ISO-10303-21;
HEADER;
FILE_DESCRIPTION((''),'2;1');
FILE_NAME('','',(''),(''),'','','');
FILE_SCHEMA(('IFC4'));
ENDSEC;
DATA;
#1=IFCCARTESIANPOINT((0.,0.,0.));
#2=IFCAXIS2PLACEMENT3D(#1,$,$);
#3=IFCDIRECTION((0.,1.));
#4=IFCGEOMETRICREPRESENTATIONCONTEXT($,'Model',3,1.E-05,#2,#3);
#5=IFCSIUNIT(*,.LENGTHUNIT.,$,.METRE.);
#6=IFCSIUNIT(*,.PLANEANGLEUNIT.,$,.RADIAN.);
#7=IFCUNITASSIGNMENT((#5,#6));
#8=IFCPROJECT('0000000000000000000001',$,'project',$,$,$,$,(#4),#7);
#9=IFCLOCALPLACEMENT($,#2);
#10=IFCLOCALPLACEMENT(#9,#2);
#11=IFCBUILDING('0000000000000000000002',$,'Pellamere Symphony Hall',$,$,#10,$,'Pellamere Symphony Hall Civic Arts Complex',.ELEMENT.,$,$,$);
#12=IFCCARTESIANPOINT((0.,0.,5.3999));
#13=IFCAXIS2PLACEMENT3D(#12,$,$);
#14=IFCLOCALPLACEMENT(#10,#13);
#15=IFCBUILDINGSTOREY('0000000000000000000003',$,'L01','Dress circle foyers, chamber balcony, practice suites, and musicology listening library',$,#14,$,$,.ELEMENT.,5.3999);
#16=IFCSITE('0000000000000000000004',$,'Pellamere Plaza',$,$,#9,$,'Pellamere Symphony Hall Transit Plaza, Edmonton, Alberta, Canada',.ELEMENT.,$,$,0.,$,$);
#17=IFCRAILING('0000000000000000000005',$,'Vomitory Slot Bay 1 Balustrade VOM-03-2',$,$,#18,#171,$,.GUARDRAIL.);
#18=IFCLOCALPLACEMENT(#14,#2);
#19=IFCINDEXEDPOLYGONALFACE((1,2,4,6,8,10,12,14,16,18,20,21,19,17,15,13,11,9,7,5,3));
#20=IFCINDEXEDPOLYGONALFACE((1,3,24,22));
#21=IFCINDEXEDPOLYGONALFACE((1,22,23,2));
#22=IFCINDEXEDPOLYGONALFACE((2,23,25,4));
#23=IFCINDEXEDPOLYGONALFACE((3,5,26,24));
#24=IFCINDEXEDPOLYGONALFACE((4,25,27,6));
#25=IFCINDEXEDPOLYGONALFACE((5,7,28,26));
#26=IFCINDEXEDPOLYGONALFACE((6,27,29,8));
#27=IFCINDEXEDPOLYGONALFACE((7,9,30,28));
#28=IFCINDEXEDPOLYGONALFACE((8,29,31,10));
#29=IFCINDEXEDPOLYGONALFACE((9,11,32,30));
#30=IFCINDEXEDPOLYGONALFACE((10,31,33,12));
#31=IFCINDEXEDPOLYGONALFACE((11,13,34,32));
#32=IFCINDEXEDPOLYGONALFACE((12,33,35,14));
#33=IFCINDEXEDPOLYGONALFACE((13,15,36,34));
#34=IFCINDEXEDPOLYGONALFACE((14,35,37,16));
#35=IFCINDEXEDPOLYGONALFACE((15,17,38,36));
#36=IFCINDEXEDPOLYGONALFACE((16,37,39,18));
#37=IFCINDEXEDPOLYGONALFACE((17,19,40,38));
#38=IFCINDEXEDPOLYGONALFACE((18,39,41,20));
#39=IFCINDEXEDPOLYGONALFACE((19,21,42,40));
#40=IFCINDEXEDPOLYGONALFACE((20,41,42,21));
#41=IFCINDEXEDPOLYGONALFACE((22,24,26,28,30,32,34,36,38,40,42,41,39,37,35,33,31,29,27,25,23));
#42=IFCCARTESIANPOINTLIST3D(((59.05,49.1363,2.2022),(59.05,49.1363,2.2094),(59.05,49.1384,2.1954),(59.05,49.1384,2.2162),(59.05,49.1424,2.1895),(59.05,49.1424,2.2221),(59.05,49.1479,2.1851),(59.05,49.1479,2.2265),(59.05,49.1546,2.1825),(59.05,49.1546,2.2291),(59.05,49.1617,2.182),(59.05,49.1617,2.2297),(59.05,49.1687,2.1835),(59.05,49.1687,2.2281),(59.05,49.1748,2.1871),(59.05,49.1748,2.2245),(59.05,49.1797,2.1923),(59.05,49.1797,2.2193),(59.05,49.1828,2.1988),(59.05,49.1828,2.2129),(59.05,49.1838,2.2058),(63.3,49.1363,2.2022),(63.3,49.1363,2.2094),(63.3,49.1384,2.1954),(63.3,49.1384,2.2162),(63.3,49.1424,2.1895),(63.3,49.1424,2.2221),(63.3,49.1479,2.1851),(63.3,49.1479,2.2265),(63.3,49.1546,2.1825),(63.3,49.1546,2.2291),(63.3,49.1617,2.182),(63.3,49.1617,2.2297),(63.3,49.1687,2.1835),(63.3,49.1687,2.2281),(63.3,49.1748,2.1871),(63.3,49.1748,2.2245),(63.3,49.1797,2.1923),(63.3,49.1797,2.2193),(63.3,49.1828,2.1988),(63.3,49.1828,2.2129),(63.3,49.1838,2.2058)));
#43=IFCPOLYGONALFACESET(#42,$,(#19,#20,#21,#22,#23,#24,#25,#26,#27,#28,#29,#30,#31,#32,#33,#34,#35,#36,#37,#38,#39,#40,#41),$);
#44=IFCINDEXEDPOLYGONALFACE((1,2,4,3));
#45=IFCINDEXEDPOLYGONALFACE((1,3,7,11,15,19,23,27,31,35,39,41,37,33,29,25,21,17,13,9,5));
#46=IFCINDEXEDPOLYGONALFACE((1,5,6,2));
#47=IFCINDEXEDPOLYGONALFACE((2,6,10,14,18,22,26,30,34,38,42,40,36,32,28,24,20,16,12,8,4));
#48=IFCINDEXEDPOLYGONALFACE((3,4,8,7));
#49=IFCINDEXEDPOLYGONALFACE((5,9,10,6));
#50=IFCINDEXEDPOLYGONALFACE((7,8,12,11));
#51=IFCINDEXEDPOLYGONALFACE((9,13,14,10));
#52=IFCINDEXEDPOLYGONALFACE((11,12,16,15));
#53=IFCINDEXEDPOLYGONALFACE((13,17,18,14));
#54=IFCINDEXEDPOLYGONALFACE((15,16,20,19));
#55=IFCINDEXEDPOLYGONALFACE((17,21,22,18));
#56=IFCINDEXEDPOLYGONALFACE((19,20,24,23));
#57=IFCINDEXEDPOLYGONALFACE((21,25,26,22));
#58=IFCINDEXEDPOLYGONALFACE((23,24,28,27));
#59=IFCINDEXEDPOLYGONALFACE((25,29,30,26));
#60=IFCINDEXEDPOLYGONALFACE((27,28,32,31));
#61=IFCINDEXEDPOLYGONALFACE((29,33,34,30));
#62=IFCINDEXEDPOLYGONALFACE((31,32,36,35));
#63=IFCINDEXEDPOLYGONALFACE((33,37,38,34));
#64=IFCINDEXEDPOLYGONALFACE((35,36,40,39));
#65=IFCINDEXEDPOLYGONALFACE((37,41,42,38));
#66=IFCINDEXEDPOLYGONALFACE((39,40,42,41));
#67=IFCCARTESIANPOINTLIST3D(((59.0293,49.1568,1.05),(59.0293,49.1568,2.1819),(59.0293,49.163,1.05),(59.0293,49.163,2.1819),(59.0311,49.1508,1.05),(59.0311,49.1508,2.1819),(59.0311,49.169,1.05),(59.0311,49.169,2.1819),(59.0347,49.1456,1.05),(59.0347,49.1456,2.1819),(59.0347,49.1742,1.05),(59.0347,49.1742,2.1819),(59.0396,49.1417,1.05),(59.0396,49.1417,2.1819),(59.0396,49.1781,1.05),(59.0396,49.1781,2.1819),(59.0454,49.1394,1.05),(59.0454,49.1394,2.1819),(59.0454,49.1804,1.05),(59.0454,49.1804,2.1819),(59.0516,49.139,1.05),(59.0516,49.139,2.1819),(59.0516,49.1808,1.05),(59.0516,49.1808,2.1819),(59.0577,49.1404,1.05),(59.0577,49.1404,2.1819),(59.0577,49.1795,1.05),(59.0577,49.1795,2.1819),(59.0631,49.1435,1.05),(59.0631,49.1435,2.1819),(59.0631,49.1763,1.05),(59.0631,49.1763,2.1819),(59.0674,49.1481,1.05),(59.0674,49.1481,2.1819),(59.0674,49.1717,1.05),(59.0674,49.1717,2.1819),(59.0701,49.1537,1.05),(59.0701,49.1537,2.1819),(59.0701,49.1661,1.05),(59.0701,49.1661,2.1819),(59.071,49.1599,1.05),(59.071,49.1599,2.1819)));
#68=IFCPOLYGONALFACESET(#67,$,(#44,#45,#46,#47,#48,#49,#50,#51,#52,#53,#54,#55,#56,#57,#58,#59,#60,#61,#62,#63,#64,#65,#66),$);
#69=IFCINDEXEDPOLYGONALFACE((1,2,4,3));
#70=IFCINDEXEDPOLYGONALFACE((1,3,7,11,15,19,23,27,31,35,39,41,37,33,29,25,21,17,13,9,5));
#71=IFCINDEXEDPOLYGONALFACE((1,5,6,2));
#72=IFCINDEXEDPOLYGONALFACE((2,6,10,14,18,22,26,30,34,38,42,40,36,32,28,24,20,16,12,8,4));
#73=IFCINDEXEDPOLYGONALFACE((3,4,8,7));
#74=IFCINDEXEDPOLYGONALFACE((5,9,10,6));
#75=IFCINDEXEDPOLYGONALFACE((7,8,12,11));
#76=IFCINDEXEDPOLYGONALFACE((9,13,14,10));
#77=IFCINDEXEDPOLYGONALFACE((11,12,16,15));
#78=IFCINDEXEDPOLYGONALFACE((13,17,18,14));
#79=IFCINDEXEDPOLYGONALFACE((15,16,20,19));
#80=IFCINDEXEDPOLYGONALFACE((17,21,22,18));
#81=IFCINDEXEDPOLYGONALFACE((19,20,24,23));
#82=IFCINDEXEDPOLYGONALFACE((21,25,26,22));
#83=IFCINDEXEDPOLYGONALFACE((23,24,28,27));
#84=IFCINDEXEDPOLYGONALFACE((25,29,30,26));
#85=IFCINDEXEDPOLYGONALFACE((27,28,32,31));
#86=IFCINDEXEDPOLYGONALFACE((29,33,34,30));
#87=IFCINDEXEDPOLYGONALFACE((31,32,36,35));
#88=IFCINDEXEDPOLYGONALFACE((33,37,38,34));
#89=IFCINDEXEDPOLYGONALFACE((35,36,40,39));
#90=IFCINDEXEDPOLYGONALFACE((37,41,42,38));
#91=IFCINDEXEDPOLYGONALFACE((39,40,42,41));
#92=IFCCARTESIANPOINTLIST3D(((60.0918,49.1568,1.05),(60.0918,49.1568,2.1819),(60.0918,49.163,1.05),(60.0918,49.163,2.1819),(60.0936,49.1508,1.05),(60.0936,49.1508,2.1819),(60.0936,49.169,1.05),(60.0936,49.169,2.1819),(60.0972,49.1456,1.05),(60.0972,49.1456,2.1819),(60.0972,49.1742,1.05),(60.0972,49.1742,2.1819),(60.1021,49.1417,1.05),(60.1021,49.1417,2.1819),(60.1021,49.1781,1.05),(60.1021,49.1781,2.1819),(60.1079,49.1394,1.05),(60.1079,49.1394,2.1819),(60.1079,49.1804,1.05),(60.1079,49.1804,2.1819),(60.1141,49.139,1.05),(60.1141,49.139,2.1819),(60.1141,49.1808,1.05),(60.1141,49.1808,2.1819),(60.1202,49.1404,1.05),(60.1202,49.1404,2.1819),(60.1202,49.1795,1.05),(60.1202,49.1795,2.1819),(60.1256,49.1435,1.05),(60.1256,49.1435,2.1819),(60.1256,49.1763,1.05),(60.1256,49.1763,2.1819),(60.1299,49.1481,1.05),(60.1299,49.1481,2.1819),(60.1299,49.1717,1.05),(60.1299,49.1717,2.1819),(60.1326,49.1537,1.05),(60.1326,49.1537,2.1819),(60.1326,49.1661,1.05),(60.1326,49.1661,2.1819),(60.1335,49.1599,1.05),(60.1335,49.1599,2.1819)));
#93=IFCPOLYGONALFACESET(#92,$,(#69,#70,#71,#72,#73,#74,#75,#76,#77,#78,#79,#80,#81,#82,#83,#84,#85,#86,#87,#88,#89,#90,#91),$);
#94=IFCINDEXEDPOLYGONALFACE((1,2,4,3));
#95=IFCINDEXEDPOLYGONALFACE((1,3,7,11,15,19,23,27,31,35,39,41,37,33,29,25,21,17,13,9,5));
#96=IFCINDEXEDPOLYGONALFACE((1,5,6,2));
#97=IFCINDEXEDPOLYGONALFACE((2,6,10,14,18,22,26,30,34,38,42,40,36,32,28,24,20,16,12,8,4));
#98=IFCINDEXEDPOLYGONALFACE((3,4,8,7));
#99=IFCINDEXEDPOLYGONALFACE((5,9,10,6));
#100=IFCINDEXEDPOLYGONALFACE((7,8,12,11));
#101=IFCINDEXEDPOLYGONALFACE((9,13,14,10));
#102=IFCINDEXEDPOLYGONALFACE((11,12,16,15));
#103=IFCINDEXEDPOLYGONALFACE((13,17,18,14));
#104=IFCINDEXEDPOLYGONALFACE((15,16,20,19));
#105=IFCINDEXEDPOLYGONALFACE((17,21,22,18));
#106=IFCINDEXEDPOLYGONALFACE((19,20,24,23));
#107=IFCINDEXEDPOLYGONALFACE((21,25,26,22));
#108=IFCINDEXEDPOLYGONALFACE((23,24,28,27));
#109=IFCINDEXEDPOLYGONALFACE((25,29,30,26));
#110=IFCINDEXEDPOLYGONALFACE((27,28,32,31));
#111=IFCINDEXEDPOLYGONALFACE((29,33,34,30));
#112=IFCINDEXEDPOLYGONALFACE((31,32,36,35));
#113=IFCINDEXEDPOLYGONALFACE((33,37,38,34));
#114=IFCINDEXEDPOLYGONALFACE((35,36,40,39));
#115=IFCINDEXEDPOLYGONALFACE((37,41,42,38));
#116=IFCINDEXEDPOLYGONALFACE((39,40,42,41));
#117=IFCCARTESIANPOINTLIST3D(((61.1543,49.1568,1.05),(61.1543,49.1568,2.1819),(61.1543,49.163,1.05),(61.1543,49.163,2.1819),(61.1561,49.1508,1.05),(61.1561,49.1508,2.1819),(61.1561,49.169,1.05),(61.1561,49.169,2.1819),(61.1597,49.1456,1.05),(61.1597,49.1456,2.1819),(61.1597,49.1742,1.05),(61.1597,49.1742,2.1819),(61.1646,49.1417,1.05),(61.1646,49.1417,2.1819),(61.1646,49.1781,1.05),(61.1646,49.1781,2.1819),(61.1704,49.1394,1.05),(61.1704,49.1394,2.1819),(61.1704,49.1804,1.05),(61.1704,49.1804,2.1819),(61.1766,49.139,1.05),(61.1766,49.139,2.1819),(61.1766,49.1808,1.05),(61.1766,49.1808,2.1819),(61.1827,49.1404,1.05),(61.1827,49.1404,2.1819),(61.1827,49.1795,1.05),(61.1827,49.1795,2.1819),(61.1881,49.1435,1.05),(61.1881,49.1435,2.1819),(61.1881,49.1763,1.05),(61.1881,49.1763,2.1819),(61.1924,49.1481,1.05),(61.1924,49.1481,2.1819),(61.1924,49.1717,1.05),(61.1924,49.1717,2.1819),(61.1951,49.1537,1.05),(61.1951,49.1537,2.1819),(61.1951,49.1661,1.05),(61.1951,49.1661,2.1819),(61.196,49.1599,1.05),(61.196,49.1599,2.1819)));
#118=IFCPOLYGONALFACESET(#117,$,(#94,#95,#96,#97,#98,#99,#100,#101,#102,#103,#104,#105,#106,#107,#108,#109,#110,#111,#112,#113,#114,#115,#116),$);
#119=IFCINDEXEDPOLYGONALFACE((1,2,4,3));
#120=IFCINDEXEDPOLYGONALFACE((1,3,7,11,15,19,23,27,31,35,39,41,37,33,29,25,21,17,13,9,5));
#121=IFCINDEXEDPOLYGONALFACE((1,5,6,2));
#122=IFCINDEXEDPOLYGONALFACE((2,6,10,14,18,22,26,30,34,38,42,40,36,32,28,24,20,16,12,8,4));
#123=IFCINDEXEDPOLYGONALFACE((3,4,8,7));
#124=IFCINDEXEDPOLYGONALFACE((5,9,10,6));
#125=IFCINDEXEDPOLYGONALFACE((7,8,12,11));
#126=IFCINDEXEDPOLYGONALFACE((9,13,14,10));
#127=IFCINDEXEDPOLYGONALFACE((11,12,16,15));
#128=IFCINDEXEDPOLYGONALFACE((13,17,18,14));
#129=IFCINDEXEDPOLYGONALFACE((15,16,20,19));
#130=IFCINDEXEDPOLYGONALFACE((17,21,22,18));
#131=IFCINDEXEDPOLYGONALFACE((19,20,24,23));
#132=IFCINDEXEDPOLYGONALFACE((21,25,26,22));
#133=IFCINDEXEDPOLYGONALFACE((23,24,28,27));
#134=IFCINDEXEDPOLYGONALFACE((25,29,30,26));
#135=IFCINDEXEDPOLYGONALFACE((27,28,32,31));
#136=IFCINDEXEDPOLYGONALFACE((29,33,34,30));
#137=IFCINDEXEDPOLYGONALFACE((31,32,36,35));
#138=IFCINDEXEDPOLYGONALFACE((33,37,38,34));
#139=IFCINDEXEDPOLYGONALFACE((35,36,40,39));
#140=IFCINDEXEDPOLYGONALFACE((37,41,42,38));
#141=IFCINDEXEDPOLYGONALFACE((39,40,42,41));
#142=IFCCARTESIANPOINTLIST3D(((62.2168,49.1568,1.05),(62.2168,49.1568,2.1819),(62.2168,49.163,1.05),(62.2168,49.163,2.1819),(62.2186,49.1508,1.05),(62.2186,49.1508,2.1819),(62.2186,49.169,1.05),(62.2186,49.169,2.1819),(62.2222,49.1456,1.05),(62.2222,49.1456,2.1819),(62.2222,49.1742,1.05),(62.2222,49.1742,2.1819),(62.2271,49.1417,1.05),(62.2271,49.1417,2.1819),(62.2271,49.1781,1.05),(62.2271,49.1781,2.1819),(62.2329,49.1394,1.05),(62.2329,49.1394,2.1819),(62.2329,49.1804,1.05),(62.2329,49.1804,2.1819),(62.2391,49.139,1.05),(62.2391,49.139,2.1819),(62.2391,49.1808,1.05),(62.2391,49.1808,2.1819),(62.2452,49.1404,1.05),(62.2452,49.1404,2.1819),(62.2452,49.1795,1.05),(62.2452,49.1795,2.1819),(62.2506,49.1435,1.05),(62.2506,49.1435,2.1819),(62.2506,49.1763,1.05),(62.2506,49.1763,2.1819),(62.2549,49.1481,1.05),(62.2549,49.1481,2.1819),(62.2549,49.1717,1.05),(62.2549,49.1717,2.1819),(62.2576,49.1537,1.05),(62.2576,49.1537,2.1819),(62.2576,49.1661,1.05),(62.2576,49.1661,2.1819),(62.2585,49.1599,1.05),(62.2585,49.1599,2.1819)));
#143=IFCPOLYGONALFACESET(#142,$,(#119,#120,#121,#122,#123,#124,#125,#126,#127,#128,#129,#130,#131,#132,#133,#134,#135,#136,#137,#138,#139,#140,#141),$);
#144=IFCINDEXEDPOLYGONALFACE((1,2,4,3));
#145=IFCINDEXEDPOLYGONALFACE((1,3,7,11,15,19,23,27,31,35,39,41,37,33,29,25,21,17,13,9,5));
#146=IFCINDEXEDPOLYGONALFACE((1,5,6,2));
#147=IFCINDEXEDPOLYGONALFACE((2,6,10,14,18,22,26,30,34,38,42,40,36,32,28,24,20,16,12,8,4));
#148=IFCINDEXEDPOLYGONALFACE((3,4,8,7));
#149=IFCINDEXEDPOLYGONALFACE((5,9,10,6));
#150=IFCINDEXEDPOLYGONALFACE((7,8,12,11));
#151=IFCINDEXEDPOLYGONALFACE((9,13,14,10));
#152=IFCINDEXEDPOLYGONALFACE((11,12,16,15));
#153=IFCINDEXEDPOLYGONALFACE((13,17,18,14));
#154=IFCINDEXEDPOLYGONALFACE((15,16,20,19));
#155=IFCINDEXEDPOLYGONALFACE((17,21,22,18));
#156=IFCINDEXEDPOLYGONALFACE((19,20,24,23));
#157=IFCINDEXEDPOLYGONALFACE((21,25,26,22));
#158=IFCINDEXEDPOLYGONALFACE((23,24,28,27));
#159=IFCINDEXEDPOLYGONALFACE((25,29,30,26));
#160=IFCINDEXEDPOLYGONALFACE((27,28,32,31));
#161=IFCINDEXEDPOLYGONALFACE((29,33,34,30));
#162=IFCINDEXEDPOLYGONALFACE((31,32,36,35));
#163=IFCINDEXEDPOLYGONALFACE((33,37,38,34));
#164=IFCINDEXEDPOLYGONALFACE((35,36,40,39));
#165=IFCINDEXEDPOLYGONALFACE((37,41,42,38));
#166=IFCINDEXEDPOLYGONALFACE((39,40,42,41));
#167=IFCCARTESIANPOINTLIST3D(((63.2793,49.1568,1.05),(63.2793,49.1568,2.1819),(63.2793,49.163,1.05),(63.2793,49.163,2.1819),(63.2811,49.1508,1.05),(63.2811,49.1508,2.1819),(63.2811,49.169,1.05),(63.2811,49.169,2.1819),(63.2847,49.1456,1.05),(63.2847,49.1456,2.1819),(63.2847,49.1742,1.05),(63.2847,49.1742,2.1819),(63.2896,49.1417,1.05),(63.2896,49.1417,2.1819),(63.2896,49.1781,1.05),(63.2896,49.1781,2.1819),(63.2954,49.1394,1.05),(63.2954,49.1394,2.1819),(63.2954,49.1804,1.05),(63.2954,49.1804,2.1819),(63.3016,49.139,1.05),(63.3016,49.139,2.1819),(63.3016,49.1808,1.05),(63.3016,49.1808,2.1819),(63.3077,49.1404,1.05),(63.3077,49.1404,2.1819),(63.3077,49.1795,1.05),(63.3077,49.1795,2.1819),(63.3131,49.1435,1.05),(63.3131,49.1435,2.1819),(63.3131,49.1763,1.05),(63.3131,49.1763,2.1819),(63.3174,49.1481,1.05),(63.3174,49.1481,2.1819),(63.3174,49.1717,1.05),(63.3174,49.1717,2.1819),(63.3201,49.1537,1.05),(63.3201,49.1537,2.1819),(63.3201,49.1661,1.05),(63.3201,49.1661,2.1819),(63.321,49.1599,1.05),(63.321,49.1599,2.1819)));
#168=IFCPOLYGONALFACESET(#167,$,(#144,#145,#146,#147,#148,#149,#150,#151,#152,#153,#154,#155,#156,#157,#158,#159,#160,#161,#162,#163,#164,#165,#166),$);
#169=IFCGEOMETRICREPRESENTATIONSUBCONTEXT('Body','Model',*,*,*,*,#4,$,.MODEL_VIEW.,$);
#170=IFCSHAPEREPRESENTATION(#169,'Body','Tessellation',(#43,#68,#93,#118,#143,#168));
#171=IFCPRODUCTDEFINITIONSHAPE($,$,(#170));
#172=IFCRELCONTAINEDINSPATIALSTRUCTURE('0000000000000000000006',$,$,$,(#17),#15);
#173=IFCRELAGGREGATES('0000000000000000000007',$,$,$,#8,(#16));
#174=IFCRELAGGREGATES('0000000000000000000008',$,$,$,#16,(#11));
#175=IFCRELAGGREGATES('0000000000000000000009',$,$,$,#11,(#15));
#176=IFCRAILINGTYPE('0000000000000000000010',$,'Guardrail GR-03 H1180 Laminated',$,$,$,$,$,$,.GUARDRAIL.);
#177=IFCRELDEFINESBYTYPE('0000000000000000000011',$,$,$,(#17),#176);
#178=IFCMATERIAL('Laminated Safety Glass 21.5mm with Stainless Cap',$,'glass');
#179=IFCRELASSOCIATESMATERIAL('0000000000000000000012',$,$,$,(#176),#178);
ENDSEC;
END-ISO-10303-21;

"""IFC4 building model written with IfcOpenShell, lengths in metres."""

from ifc_helpers import new_model, si_unit, direction, frame, origin, origin_2d, place, context, subcontext, project, spatial, circle, extrude, material, type_object, element, save


model = new_model("IFC4")

# Units and contexts
model_context = context("Model", 3, precision=1e-05, world=origin(), true_north=direction((0.0, 1.0)))
body_context = subcontext(model_context, "Body", "Model", "MODEL_VIEW")
ifc_project = project(units=[si_unit("LENGTHUNIT", "METRE"), si_unit("PLANEANGLEUNIT", "RADIAN")], contexts=[model_context])

# Site, building, storey
site_placement = place(None, origin())
site = spatial("IfcSite", under=ifc_project, at=site_placement, Name="Pellamere Plaza", LongName="Pellamere Symphony Hall Transit Plaza, Edmonton, Alberta, Canada", CompositionType="ELEMENT", RefElevation=0.0)
building_placement = place(site_placement, origin())
building = spatial("IfcBuilding", under=site, at=building_placement, Name="Pellamere Symphony Hall", LongName="Pellamere Symphony Hall Civic Arts Complex", CompositionType="ELEMENT")
storey_placement = place(building_placement, frame((0.0, 0.0, 5.3999)))
storey = spatial("IfcBuildingStorey", under=building, at=storey_placement, Name="L01", Description="Dress circle foyers, chamber balcony, practice suites, and musicology listening library", CompositionType="ELEMENT", Elevation=5.3999)

# Railing
ifc_material_1 = material(Name="Laminated Safety Glass 21.5mm with Stainless Cap", Category="glass")
railing_type_1 = type_object("IfcRailingType", Name="Guardrail GR-03 H1180 Laminated", PredefinedType="GUARDRAIL", material=ifc_material_1)
railing_1_placement = place(storey_placement, frame((59.05, 49.1599, 1.05)))
element("IfcRailing", 1, at=railing_1_placement, inside=storey, type_object=railing_type_1, Name="Vomitory Slot Bay 1 Balustrade VOM-03-2", PredefinedType="GUARDRAIL", context=body_context, shape_type="SweptSolid", body=[
    extrude(circle(Radius=0.0239, at=origin_2d()), frame((0.0, 0.0, 1.1558), z_axis=(1.0, 0.0, 0.0), x_axis=(0.0, 1.0, 0.0)), (0.0, 0.0, 1.0), 4.25),
    extrude(circle(Radius=0.021, at=origin_2d()), origin(), (0.0, 0.0, 1.0), 1.1318),
    extrude(circle(Radius=0.021, at=origin_2d()), frame((1.0625, 0.0, 0.0)), (0.0, 0.0, 1.0), 1.1318),
    extrude(circle(Radius=0.021, at=origin_2d()), frame((2.125, 0.0, 0.0)), (0.0, 0.0, 1.0), 1.1318),
    extrude(circle(Radius=0.021, at=origin_2d()), frame((3.1875, 0.0, 0.0)), (0.0, 0.0, 1.0), 1.1318),
    extrude(circle(Radius=0.021, at=origin_2d()), frame((4.25, 0.0, 0.0)), (0.0, 0.0, 1.0), 1.1318),
])

save(model, "model.ifc")
